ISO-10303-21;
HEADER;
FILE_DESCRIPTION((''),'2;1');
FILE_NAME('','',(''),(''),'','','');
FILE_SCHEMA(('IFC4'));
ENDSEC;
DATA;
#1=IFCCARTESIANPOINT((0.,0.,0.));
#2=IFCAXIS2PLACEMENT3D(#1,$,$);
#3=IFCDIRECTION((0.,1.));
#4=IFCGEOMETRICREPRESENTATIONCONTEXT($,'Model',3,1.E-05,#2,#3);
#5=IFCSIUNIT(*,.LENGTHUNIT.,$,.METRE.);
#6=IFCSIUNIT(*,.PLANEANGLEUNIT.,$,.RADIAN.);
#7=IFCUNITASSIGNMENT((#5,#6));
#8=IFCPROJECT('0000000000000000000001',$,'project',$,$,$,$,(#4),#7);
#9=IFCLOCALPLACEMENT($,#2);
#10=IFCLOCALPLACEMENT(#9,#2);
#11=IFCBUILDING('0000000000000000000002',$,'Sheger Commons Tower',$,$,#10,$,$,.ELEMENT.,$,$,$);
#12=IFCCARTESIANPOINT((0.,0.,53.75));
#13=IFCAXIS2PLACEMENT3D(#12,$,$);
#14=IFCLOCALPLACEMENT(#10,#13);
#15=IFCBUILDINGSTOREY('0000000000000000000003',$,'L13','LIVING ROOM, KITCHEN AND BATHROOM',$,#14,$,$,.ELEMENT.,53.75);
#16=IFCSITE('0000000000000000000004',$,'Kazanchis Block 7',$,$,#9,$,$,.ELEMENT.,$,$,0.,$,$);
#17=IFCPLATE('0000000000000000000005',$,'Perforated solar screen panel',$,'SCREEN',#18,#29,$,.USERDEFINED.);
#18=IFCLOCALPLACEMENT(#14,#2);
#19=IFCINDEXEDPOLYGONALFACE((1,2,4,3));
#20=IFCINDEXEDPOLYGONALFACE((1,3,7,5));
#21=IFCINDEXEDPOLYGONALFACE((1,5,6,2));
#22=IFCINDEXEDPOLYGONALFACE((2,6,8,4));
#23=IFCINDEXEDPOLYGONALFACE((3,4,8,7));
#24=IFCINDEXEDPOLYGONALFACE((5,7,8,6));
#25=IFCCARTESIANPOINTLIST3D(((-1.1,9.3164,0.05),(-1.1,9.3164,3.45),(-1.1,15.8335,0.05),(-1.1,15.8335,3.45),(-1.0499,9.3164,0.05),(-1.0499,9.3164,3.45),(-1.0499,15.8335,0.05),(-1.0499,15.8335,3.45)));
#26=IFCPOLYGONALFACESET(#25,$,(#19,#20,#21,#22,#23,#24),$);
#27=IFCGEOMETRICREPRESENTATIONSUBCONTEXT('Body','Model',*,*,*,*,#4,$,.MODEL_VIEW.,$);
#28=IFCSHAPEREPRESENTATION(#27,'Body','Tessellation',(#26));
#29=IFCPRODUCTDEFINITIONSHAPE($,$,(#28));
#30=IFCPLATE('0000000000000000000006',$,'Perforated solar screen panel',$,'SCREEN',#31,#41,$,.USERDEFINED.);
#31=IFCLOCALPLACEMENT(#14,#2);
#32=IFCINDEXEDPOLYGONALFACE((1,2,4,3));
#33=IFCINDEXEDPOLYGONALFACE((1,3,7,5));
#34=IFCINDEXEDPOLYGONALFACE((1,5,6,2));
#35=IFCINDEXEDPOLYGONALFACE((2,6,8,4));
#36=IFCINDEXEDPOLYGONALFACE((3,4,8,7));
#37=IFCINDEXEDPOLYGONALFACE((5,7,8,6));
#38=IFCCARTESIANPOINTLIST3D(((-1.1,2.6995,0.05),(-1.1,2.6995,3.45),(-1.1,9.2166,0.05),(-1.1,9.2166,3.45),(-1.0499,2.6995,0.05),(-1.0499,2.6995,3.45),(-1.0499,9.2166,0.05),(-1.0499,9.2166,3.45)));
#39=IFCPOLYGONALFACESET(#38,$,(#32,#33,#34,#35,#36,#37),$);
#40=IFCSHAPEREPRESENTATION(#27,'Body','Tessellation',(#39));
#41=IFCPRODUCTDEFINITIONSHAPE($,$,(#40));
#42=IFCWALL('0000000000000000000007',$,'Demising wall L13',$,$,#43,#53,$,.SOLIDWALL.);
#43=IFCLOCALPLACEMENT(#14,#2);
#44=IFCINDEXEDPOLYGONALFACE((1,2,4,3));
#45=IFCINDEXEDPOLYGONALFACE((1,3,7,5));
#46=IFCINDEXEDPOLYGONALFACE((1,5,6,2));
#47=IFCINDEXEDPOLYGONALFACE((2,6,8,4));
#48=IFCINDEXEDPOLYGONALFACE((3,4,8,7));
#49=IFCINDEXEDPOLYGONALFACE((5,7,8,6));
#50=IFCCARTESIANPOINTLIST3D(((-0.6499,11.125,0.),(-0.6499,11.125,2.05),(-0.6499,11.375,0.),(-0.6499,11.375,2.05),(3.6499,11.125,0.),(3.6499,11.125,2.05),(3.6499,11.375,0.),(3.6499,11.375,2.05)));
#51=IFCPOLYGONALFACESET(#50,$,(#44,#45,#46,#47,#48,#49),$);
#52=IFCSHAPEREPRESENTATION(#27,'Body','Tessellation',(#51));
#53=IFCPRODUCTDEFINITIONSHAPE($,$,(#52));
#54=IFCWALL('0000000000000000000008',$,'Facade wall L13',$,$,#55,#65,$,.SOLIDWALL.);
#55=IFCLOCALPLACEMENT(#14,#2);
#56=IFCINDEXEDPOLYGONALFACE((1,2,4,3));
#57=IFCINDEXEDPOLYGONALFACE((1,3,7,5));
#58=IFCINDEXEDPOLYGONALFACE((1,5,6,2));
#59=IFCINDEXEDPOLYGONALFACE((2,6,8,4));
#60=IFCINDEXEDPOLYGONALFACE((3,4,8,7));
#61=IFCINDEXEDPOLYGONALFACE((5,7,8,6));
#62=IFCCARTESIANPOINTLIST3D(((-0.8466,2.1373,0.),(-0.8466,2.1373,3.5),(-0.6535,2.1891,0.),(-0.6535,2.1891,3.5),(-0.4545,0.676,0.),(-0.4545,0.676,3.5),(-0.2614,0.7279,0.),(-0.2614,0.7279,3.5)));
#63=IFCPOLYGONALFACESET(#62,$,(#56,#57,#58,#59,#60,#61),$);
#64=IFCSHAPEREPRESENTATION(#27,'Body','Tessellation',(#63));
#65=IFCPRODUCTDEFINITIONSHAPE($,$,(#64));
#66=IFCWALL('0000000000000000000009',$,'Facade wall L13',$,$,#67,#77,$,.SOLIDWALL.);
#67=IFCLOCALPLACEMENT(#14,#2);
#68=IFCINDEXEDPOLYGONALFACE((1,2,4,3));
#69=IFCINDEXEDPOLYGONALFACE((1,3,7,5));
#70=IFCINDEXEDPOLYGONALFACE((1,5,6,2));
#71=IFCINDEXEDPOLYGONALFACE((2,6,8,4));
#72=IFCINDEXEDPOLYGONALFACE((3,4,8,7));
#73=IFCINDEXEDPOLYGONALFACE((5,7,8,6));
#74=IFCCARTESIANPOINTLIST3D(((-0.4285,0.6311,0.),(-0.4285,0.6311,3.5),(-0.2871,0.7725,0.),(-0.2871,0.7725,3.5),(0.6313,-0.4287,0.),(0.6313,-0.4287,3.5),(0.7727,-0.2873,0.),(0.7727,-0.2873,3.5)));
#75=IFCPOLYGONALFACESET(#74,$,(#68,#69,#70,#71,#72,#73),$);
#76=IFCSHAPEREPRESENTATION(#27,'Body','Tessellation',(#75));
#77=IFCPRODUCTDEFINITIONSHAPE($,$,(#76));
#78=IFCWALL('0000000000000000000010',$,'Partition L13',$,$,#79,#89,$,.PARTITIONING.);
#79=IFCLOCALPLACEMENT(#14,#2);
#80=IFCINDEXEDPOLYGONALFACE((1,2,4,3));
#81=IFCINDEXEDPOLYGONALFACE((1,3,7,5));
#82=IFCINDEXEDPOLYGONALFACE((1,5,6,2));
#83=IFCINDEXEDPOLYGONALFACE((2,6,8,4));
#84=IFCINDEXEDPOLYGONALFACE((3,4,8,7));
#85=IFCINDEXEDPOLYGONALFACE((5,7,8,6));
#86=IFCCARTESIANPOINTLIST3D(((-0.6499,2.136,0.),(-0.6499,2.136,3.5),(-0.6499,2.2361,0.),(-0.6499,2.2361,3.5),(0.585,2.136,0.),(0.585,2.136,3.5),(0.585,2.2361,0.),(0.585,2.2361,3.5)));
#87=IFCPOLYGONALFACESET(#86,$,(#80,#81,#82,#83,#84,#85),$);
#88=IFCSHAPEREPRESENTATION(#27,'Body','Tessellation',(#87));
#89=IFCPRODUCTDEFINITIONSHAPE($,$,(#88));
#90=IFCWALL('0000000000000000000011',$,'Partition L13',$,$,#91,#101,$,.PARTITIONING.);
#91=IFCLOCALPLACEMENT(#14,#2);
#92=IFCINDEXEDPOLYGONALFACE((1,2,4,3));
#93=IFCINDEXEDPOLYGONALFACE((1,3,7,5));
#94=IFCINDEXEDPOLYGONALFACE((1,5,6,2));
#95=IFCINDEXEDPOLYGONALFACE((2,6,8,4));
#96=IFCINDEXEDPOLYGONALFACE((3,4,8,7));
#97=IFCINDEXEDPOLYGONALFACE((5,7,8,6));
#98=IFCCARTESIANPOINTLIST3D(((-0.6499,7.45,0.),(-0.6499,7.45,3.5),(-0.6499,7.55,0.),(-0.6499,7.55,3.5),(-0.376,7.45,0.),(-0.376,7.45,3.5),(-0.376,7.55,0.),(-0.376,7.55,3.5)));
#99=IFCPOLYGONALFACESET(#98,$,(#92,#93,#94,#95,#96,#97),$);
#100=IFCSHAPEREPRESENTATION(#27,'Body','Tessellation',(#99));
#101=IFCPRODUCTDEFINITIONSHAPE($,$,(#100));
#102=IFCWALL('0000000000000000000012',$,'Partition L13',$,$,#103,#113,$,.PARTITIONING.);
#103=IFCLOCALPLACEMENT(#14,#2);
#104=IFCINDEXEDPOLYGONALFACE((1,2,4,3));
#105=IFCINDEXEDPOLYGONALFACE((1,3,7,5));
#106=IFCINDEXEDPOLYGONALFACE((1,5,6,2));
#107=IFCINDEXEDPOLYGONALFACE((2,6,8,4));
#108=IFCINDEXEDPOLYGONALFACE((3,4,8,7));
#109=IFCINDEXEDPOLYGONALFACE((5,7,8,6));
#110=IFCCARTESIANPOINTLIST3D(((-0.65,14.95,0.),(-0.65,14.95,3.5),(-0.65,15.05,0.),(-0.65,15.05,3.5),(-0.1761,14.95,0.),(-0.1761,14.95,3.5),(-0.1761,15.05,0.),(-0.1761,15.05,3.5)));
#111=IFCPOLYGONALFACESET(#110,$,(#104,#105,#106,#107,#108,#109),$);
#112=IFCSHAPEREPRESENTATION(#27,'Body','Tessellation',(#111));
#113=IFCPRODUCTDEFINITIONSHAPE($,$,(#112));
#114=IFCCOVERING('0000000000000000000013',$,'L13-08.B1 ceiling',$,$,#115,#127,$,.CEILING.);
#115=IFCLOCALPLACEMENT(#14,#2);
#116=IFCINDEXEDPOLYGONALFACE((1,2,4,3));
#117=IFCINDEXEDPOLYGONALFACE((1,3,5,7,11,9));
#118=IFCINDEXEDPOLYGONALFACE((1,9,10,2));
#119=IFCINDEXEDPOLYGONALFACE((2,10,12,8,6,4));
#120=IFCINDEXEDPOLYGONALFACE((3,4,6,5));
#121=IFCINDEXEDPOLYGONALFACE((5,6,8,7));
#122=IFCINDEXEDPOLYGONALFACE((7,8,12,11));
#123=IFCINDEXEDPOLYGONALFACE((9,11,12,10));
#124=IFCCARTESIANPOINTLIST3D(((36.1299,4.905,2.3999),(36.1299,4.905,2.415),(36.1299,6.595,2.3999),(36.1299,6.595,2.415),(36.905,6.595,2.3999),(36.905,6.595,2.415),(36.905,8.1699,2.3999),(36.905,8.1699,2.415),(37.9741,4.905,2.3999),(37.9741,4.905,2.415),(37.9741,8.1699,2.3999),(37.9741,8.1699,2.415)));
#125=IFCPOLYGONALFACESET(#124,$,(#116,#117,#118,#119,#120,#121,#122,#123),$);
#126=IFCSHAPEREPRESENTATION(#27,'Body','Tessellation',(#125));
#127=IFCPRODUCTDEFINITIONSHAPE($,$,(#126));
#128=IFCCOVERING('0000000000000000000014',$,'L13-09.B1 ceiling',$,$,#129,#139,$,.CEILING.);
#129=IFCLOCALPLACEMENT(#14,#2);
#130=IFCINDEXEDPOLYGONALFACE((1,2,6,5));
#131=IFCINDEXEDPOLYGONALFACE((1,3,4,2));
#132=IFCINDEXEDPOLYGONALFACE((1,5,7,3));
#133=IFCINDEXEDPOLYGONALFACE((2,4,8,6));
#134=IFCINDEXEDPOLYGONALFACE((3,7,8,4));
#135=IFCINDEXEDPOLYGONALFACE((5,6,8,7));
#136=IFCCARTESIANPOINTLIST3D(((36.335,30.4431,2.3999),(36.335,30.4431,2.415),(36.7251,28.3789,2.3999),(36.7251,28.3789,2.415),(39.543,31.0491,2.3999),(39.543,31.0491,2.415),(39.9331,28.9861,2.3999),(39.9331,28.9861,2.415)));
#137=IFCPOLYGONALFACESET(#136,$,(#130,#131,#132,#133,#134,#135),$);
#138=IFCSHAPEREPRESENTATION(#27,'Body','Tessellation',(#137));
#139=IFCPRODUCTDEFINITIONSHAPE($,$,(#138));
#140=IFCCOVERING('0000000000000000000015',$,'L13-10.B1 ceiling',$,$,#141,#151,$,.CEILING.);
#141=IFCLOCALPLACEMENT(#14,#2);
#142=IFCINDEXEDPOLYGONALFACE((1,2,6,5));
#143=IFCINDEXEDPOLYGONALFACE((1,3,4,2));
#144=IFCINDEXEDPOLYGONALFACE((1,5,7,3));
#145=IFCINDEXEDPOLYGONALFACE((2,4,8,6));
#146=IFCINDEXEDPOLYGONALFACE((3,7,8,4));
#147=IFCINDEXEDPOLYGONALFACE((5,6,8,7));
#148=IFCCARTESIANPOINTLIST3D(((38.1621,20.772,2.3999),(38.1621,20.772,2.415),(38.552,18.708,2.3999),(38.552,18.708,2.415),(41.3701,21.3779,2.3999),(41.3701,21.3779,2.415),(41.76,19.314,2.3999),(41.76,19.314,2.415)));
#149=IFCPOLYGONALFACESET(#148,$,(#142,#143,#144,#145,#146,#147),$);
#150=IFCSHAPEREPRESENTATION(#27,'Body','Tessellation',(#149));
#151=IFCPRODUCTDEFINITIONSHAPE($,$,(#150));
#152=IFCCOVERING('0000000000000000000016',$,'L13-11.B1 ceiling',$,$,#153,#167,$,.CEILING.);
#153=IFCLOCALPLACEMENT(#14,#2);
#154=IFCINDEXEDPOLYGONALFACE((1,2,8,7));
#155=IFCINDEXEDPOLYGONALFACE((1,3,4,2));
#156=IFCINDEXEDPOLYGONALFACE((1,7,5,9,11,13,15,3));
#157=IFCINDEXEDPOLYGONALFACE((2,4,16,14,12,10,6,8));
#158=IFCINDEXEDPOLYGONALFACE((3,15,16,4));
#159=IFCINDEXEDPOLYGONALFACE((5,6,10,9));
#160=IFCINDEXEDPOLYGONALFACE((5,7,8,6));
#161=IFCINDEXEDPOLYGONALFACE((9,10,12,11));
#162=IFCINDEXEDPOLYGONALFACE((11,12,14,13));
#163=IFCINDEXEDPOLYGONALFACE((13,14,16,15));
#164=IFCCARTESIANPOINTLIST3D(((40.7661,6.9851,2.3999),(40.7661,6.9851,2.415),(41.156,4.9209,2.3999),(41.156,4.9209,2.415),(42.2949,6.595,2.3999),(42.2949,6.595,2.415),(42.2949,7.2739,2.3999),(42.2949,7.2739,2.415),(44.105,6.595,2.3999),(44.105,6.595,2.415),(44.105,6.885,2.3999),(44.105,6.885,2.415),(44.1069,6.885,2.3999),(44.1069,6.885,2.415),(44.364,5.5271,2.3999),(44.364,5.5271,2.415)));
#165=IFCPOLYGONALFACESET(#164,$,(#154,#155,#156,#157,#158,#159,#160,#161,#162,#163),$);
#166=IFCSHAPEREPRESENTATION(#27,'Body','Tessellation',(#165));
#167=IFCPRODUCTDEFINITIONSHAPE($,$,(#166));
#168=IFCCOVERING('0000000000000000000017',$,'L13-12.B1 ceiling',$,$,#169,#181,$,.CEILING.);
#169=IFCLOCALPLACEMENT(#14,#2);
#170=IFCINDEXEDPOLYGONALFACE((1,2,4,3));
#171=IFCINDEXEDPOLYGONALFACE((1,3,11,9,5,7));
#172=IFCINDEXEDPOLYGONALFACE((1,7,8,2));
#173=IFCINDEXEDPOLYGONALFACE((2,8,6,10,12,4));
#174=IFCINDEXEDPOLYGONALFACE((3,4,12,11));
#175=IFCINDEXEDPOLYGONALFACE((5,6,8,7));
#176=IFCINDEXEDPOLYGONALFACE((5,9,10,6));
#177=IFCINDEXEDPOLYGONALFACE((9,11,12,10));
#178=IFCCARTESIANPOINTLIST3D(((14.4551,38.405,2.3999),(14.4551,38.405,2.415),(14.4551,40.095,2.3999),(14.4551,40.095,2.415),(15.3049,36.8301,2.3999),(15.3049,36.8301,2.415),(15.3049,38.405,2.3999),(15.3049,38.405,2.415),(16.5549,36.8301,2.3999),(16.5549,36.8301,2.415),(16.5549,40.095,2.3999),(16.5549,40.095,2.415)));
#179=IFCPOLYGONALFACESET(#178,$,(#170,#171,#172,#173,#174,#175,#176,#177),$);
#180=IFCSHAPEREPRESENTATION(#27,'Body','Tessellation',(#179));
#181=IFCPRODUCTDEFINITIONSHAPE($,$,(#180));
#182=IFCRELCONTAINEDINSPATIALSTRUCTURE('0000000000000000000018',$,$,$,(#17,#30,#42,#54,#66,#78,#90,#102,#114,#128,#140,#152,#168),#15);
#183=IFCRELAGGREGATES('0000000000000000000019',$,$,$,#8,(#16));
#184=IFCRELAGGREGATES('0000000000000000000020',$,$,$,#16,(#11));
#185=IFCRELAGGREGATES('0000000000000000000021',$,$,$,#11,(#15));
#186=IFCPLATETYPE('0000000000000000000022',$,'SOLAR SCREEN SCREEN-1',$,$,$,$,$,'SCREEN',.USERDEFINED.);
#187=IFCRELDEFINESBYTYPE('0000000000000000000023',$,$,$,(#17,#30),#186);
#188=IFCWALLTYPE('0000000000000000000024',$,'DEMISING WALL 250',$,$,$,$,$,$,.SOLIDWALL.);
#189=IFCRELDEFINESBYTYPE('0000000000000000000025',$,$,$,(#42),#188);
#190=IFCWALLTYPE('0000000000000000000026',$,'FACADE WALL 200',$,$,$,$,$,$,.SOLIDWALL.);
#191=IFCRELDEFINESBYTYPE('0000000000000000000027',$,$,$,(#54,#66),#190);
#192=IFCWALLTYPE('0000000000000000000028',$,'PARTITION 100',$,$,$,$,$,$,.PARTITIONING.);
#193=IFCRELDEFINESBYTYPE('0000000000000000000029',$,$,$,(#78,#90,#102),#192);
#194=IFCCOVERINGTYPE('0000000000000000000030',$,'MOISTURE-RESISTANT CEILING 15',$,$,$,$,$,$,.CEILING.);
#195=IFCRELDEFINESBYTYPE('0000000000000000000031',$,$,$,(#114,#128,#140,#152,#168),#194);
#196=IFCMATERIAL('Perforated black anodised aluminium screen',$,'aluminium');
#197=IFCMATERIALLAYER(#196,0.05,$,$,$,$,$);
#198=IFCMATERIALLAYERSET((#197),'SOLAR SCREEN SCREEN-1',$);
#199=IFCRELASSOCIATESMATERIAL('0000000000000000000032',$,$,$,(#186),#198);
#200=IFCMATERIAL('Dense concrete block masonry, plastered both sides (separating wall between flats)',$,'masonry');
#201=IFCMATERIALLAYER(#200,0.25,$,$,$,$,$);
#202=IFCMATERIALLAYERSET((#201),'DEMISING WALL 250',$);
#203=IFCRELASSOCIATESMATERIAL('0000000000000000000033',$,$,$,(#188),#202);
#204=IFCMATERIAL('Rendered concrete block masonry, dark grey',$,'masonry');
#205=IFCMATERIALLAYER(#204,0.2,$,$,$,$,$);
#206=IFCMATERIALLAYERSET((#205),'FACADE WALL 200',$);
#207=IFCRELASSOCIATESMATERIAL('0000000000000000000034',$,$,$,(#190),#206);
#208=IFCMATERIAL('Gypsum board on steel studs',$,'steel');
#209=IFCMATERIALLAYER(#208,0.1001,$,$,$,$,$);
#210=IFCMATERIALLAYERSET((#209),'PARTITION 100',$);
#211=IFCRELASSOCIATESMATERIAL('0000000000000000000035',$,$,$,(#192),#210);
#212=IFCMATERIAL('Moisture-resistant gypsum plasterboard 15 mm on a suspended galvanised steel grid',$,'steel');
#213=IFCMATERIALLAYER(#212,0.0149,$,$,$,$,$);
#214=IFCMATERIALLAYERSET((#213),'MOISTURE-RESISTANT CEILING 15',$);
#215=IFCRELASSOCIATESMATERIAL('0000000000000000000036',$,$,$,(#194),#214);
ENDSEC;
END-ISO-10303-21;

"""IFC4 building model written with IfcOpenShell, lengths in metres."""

from ifc_helpers import new_model, si_unit, direction, frame, frame_2d, origin, origin_2d, place, context, subcontext, project, spatial, polyline, rectangle, outline, extrude, material, layer, layer_set, type_object, element, save


model = new_model("IFC4")

# Units and contexts
model_context = context("Model", 3, precision=1e-05, world=origin(), true_north=direction((0.0, 1.0)))
body_context = subcontext(model_context, "Body", "Model", "MODEL_VIEW")
ifc_project = project(units=[si_unit("LENGTHUNIT", "METRE"), si_unit("PLANEANGLEUNIT", "RADIAN")], contexts=[model_context])

# Site, building, storey
site_placement = place(None, origin())
site = spatial("IfcSite", under=ifc_project, at=site_placement, Name="Kazanchis Block 7", CompositionType="ELEMENT", RefElevation=0.0)
building_placement = place(site_placement, origin())
building = spatial("IfcBuilding", under=site, at=building_placement, Name="Sheger Commons Tower", CompositionType="ELEMENT")
storey_placement = place(building_placement, frame((0.0, 0.0, 53.75)))
storey = spatial("IfcBuildingStorey", under=building, at=storey_placement, Name="L13", Description="LIVING ROOM, KITCHEN AND BATHROOM", CompositionType="ELEMENT", Elevation=53.75)

# Plates
ifc_material_1 = material(Name="Perforated black anodised aluminium screen", Category="aluminium")
ifc_layer_1 = layer(ifc_material_1, 0.05)
ifc_layer_set_1 = layer_set([ifc_layer_1], Name="SOLAR SCREEN SCREEN-1")
plate_type = type_object("IfcPlateType", Name="SOLAR SCREEN SCREEN-1", ElementType="SCREEN", PredefinedType="USERDEFINED", material=ifc_layer_set_1)
for number, where, z_axis, x_axis, name in (
    (1, (-1.075, 12.575, 0.05), (0.0, 0.0, 1.0), (0.0, -1.0, 0.0), "Perforated solar screen panel"),
    (2, (-1.075, 5.958, 0.05), (0.0, 0.0, 1.0), (0.0, -1.0, 0.0), "Perforated solar screen panel"),
):
    element("IfcPlate", number, at=place(storey_placement, frame(where, z_axis=z_axis, x_axis=x_axis)), inside=storey, type_object=plate_type, Name=name, ObjectType="SCREEN", PredefinedType="USERDEFINED", context=body_context, shape_type="SweptSolid", body=[
        extrude(rectangle(XDim=6.5171, YDim=0.05, at=origin_2d()), origin(), (0.0, 0.0, 1.0), 3.3999),
    ])

# Walls
ifc_material_2 = material(Name="Dense concrete block masonry, plastered both sides (separating wall between flats)", Category="masonry")
ifc_layer_2 = layer(ifc_material_2, 0.25)
ifc_layer_set_2 = layer_set([ifc_layer_2], Name="DEMISING WALL 250")
wall_type_1 = type_object("IfcWallType", Name="DEMISING WALL 250", PredefinedType="SOLIDWALL", material=ifc_layer_set_2)
wall_1_placement = place(storey_placement, frame((-0.6499, 11.25, 0.0), z_axis=(0.0, 0.0, 1.0), x_axis=(1.0, 0.0, 0.0)))
element("IfcWall", 3, at=wall_1_placement, inside=storey, type_object=wall_type_1, Name="Demising wall L13", PredefinedType="SOLIDWALL", context=body_context, shape_type="SweptSolid", body=[
    extrude(rectangle(XDim=4.2998, YDim=0.25, at=frame_2d((2.1499, 0.0))), origin(), (0.0, 0.0, 1.0), 2.05),
])
ifc_material_3 = material(Name="Rendered concrete block masonry, dark grey", Category="masonry")
ifc_layer_3 = layer(ifc_material_3, 0.2)
ifc_layer_set_3 = layer_set([ifc_layer_3], Name="FACADE WALL 200")
wall_type_2 = type_object("IfcWallType", Name="FACADE WALL 200", PredefinedType="SOLIDWALL", material=ifc_layer_set_3)
wall_2_placement = place(storey_placement, frame((-0.75, 2.1631, 0.0), z_axis=(0.0, 0.0, 1.0), x_axis=(0.259169, -0.965832, 0.0)))
element("IfcWall", 4, at=wall_2_placement, inside=storey, type_object=wall_type_2, Name="Facade wall L13", PredefinedType="SOLIDWALL", context=body_context, shape_type="SweptSolid", body=[
    extrude(rectangle(XDim=1.5129, YDim=0.2, at=frame_2d((0.7563, 0.0))), origin(), (0.0, 0.0, 1.0), 3.5),
])
wall_3_placement = place(storey_placement, frame((-0.3579, 0.7019, 0.0), z_axis=(0.0, 0.0, 1.0), x_axis=(0.707107, -0.707107, 0.0)))
element("IfcWall", 5, at=wall_3_placement, inside=storey, type_object=wall_type_2, Name="Facade wall L13", PredefinedType="SOLIDWALL", context=body_context, shape_type="SweptSolid", body=[
    extrude(rectangle(XDim=1.4988, YDim=0.2, at=frame_2d((0.7495, 0.0))), origin(), (0.0, 0.0, 1.0), 3.5),
])
ifc_material_4 = material(Name="Gypsum board on steel studs", Category="steel")
ifc_layer_4 = layer(ifc_material_4, 0.1001)
ifc_layer_set_4 = layer_set([ifc_layer_4], Name="PARTITION 100")
wall_type_3 = type_object("IfcWallType", Name="PARTITION 100", PredefinedType="PARTITIONING", material=ifc_layer_set_4)
wall_4_placement = place(storey_placement, frame((-0.6499, 2.186, 0.0), z_axis=(0.0, 0.0, 1.0), x_axis=(1.0, 0.0, 0.0)))
element("IfcWall", 6, at=wall_4_placement, inside=storey, type_object=wall_type_3, Name="Partition L13", PredefinedType="PARTITIONING", context=body_context, shape_type="SweptSolid", body=[
    extrude(rectangle(XDim=1.2349, YDim=0.1001, at=frame_2d((0.6174, 0.0))), origin(), (0.0, 0.0, 1.0), 3.5),
])
wall_5_placement = place(storey_placement, frame((-0.6499, 7.5, 0.0), z_axis=(0.0, 0.0, 1.0), x_axis=(1.0, 0.0, 0.0)))
element("IfcWall", 7, at=wall_5_placement, inside=storey, type_object=wall_type_3, Name="Partition L13", PredefinedType="PARTITIONING", context=body_context, shape_type="SweptSolid", body=[
    extrude(rectangle(XDim=0.2739, YDim=0.1001, at=frame_2d((0.137, 0.0))), origin(), (0.0, 0.0, 1.0), 3.5),
])
wall_6_placement = place(storey_placement, frame((-0.6499, 15.0, 0.0), z_axis=(0.0, 0.0, 1.0), x_axis=(1.0, 0.0, 0.0)))
element("IfcWall", 8, at=wall_6_placement, inside=storey, type_object=wall_type_3, Name="Partition L13", PredefinedType="PARTITIONING", context=body_context, shape_type="SweptSolid", body=[
    extrude(rectangle(XDim=0.4739, YDim=0.1001, at=frame_2d((0.2368, 0.0))), origin(), (0.0, 0.0, 1.0), 3.5),
])

# Coverings
ifc_material_5 = material(Name="Moisture-resistant gypsum plasterboard 15 mm on a suspended galvanised steel grid", Category="steel")
ifc_layer_5 = layer(ifc_material_5, 0.0149)
ifc_layer_set_5 = layer_set([ifc_layer_5], Name="MOISTURE-RESISTANT CEILING 15")
covering_type_1 = type_object("IfcCoveringType", Name="MOISTURE-RESISTANT CEILING 15", PredefinedType="CEILING", material=ifc_layer_set_5)
covering_1_placement = place(storey_placement, frame((0.0, 0.0, 2.3999)))
element("IfcCovering", 9, at=covering_1_placement, inside=storey, type_object=covering_type_1, Name="L13-08.B1 ceiling", PredefinedType="CEILING", context=body_context, shape_type="SweptSolid", body=[
    extrude(outline(polyline([(36.1299, 4.905), (37.9741, 4.905), (37.9741, 8.1699), (36.905, 8.1699), (36.905, 6.595), (36.1299, 6.595), (36.1299, 4.905)])), origin(), (0.0, 0.0, 1.0), 0.0151),
])
covering_2_placement = place(storey_placement, frame((0.0, 0.0, 2.3999)))
element("IfcCovering", 10, at=covering_2_placement, inside=storey, type_object=covering_type_1, Name="L13-09.B1 ceiling", PredefinedType="CEILING", context=body_context, shape_type="SweptSolid", body=[
    extrude(outline(polyline([(36.7251, 28.3789), (39.9331, 28.9861), (39.543, 31.0491), (36.335, 30.4431), (36.7251, 28.3789)])), origin(), (0.0, 0.0, 1.0), 0.0151),
])
covering_3_placement = place(storey_placement, frame((0.0, 0.0, 2.3999)))
element("IfcCovering", 11, at=covering_3_placement, inside=storey, type_object=covering_type_1, Name="L13-10.B1 ceiling", PredefinedType="CEILING", context=body_context, shape_type="SweptSolid", body=[
    extrude(outline(polyline([(38.552, 18.708), (41.76, 19.314), (41.3701, 21.3779), (38.1621, 20.772), (38.552, 18.708)])), origin(), (0.0, 0.0, 1.0), 0.0151),
])
covering_4_placement = place(storey_placement, frame((0.0, 0.0, 2.3999)))
element("IfcCovering", 12, at=covering_4_placement, inside=storey, type_object=covering_type_1, Name="L13-11.B1 ceiling", PredefinedType="CEILING", context=body_context, shape_type="SweptSolid", body=[
    extrude(outline(polyline([(41.156, 4.9209), (44.364, 5.5271), (44.1069, 6.885), (44.105, 6.885), (44.105, 6.595), (42.2949, 6.595), (42.2949, 7.2739), (40.7661, 6.9851), (41.156, 4.9209)])), origin(), (0.0, 0.0, 1.0), 0.0151),
])
covering_5_placement = place(storey_placement, frame((0.0, 0.0, 2.3999)))
element("IfcCovering", 13, at=covering_5_placement, inside=storey, type_object=covering_type_1, Name="L13-12.B1 ceiling", PredefinedType="CEILING", context=body_context, shape_type="SweptSolid", body=[
    extrude(outline(polyline([(15.3049, 36.8301), (16.5549, 36.8301), (16.5549, 40.095), (14.4551, 40.095), (14.4551, 38.405), (15.3049, 38.405), (15.3049, 36.8301)])), origin(), (0.0, 0.0, 1.0), 0.0151),
])

save(model, "model.ifc")
